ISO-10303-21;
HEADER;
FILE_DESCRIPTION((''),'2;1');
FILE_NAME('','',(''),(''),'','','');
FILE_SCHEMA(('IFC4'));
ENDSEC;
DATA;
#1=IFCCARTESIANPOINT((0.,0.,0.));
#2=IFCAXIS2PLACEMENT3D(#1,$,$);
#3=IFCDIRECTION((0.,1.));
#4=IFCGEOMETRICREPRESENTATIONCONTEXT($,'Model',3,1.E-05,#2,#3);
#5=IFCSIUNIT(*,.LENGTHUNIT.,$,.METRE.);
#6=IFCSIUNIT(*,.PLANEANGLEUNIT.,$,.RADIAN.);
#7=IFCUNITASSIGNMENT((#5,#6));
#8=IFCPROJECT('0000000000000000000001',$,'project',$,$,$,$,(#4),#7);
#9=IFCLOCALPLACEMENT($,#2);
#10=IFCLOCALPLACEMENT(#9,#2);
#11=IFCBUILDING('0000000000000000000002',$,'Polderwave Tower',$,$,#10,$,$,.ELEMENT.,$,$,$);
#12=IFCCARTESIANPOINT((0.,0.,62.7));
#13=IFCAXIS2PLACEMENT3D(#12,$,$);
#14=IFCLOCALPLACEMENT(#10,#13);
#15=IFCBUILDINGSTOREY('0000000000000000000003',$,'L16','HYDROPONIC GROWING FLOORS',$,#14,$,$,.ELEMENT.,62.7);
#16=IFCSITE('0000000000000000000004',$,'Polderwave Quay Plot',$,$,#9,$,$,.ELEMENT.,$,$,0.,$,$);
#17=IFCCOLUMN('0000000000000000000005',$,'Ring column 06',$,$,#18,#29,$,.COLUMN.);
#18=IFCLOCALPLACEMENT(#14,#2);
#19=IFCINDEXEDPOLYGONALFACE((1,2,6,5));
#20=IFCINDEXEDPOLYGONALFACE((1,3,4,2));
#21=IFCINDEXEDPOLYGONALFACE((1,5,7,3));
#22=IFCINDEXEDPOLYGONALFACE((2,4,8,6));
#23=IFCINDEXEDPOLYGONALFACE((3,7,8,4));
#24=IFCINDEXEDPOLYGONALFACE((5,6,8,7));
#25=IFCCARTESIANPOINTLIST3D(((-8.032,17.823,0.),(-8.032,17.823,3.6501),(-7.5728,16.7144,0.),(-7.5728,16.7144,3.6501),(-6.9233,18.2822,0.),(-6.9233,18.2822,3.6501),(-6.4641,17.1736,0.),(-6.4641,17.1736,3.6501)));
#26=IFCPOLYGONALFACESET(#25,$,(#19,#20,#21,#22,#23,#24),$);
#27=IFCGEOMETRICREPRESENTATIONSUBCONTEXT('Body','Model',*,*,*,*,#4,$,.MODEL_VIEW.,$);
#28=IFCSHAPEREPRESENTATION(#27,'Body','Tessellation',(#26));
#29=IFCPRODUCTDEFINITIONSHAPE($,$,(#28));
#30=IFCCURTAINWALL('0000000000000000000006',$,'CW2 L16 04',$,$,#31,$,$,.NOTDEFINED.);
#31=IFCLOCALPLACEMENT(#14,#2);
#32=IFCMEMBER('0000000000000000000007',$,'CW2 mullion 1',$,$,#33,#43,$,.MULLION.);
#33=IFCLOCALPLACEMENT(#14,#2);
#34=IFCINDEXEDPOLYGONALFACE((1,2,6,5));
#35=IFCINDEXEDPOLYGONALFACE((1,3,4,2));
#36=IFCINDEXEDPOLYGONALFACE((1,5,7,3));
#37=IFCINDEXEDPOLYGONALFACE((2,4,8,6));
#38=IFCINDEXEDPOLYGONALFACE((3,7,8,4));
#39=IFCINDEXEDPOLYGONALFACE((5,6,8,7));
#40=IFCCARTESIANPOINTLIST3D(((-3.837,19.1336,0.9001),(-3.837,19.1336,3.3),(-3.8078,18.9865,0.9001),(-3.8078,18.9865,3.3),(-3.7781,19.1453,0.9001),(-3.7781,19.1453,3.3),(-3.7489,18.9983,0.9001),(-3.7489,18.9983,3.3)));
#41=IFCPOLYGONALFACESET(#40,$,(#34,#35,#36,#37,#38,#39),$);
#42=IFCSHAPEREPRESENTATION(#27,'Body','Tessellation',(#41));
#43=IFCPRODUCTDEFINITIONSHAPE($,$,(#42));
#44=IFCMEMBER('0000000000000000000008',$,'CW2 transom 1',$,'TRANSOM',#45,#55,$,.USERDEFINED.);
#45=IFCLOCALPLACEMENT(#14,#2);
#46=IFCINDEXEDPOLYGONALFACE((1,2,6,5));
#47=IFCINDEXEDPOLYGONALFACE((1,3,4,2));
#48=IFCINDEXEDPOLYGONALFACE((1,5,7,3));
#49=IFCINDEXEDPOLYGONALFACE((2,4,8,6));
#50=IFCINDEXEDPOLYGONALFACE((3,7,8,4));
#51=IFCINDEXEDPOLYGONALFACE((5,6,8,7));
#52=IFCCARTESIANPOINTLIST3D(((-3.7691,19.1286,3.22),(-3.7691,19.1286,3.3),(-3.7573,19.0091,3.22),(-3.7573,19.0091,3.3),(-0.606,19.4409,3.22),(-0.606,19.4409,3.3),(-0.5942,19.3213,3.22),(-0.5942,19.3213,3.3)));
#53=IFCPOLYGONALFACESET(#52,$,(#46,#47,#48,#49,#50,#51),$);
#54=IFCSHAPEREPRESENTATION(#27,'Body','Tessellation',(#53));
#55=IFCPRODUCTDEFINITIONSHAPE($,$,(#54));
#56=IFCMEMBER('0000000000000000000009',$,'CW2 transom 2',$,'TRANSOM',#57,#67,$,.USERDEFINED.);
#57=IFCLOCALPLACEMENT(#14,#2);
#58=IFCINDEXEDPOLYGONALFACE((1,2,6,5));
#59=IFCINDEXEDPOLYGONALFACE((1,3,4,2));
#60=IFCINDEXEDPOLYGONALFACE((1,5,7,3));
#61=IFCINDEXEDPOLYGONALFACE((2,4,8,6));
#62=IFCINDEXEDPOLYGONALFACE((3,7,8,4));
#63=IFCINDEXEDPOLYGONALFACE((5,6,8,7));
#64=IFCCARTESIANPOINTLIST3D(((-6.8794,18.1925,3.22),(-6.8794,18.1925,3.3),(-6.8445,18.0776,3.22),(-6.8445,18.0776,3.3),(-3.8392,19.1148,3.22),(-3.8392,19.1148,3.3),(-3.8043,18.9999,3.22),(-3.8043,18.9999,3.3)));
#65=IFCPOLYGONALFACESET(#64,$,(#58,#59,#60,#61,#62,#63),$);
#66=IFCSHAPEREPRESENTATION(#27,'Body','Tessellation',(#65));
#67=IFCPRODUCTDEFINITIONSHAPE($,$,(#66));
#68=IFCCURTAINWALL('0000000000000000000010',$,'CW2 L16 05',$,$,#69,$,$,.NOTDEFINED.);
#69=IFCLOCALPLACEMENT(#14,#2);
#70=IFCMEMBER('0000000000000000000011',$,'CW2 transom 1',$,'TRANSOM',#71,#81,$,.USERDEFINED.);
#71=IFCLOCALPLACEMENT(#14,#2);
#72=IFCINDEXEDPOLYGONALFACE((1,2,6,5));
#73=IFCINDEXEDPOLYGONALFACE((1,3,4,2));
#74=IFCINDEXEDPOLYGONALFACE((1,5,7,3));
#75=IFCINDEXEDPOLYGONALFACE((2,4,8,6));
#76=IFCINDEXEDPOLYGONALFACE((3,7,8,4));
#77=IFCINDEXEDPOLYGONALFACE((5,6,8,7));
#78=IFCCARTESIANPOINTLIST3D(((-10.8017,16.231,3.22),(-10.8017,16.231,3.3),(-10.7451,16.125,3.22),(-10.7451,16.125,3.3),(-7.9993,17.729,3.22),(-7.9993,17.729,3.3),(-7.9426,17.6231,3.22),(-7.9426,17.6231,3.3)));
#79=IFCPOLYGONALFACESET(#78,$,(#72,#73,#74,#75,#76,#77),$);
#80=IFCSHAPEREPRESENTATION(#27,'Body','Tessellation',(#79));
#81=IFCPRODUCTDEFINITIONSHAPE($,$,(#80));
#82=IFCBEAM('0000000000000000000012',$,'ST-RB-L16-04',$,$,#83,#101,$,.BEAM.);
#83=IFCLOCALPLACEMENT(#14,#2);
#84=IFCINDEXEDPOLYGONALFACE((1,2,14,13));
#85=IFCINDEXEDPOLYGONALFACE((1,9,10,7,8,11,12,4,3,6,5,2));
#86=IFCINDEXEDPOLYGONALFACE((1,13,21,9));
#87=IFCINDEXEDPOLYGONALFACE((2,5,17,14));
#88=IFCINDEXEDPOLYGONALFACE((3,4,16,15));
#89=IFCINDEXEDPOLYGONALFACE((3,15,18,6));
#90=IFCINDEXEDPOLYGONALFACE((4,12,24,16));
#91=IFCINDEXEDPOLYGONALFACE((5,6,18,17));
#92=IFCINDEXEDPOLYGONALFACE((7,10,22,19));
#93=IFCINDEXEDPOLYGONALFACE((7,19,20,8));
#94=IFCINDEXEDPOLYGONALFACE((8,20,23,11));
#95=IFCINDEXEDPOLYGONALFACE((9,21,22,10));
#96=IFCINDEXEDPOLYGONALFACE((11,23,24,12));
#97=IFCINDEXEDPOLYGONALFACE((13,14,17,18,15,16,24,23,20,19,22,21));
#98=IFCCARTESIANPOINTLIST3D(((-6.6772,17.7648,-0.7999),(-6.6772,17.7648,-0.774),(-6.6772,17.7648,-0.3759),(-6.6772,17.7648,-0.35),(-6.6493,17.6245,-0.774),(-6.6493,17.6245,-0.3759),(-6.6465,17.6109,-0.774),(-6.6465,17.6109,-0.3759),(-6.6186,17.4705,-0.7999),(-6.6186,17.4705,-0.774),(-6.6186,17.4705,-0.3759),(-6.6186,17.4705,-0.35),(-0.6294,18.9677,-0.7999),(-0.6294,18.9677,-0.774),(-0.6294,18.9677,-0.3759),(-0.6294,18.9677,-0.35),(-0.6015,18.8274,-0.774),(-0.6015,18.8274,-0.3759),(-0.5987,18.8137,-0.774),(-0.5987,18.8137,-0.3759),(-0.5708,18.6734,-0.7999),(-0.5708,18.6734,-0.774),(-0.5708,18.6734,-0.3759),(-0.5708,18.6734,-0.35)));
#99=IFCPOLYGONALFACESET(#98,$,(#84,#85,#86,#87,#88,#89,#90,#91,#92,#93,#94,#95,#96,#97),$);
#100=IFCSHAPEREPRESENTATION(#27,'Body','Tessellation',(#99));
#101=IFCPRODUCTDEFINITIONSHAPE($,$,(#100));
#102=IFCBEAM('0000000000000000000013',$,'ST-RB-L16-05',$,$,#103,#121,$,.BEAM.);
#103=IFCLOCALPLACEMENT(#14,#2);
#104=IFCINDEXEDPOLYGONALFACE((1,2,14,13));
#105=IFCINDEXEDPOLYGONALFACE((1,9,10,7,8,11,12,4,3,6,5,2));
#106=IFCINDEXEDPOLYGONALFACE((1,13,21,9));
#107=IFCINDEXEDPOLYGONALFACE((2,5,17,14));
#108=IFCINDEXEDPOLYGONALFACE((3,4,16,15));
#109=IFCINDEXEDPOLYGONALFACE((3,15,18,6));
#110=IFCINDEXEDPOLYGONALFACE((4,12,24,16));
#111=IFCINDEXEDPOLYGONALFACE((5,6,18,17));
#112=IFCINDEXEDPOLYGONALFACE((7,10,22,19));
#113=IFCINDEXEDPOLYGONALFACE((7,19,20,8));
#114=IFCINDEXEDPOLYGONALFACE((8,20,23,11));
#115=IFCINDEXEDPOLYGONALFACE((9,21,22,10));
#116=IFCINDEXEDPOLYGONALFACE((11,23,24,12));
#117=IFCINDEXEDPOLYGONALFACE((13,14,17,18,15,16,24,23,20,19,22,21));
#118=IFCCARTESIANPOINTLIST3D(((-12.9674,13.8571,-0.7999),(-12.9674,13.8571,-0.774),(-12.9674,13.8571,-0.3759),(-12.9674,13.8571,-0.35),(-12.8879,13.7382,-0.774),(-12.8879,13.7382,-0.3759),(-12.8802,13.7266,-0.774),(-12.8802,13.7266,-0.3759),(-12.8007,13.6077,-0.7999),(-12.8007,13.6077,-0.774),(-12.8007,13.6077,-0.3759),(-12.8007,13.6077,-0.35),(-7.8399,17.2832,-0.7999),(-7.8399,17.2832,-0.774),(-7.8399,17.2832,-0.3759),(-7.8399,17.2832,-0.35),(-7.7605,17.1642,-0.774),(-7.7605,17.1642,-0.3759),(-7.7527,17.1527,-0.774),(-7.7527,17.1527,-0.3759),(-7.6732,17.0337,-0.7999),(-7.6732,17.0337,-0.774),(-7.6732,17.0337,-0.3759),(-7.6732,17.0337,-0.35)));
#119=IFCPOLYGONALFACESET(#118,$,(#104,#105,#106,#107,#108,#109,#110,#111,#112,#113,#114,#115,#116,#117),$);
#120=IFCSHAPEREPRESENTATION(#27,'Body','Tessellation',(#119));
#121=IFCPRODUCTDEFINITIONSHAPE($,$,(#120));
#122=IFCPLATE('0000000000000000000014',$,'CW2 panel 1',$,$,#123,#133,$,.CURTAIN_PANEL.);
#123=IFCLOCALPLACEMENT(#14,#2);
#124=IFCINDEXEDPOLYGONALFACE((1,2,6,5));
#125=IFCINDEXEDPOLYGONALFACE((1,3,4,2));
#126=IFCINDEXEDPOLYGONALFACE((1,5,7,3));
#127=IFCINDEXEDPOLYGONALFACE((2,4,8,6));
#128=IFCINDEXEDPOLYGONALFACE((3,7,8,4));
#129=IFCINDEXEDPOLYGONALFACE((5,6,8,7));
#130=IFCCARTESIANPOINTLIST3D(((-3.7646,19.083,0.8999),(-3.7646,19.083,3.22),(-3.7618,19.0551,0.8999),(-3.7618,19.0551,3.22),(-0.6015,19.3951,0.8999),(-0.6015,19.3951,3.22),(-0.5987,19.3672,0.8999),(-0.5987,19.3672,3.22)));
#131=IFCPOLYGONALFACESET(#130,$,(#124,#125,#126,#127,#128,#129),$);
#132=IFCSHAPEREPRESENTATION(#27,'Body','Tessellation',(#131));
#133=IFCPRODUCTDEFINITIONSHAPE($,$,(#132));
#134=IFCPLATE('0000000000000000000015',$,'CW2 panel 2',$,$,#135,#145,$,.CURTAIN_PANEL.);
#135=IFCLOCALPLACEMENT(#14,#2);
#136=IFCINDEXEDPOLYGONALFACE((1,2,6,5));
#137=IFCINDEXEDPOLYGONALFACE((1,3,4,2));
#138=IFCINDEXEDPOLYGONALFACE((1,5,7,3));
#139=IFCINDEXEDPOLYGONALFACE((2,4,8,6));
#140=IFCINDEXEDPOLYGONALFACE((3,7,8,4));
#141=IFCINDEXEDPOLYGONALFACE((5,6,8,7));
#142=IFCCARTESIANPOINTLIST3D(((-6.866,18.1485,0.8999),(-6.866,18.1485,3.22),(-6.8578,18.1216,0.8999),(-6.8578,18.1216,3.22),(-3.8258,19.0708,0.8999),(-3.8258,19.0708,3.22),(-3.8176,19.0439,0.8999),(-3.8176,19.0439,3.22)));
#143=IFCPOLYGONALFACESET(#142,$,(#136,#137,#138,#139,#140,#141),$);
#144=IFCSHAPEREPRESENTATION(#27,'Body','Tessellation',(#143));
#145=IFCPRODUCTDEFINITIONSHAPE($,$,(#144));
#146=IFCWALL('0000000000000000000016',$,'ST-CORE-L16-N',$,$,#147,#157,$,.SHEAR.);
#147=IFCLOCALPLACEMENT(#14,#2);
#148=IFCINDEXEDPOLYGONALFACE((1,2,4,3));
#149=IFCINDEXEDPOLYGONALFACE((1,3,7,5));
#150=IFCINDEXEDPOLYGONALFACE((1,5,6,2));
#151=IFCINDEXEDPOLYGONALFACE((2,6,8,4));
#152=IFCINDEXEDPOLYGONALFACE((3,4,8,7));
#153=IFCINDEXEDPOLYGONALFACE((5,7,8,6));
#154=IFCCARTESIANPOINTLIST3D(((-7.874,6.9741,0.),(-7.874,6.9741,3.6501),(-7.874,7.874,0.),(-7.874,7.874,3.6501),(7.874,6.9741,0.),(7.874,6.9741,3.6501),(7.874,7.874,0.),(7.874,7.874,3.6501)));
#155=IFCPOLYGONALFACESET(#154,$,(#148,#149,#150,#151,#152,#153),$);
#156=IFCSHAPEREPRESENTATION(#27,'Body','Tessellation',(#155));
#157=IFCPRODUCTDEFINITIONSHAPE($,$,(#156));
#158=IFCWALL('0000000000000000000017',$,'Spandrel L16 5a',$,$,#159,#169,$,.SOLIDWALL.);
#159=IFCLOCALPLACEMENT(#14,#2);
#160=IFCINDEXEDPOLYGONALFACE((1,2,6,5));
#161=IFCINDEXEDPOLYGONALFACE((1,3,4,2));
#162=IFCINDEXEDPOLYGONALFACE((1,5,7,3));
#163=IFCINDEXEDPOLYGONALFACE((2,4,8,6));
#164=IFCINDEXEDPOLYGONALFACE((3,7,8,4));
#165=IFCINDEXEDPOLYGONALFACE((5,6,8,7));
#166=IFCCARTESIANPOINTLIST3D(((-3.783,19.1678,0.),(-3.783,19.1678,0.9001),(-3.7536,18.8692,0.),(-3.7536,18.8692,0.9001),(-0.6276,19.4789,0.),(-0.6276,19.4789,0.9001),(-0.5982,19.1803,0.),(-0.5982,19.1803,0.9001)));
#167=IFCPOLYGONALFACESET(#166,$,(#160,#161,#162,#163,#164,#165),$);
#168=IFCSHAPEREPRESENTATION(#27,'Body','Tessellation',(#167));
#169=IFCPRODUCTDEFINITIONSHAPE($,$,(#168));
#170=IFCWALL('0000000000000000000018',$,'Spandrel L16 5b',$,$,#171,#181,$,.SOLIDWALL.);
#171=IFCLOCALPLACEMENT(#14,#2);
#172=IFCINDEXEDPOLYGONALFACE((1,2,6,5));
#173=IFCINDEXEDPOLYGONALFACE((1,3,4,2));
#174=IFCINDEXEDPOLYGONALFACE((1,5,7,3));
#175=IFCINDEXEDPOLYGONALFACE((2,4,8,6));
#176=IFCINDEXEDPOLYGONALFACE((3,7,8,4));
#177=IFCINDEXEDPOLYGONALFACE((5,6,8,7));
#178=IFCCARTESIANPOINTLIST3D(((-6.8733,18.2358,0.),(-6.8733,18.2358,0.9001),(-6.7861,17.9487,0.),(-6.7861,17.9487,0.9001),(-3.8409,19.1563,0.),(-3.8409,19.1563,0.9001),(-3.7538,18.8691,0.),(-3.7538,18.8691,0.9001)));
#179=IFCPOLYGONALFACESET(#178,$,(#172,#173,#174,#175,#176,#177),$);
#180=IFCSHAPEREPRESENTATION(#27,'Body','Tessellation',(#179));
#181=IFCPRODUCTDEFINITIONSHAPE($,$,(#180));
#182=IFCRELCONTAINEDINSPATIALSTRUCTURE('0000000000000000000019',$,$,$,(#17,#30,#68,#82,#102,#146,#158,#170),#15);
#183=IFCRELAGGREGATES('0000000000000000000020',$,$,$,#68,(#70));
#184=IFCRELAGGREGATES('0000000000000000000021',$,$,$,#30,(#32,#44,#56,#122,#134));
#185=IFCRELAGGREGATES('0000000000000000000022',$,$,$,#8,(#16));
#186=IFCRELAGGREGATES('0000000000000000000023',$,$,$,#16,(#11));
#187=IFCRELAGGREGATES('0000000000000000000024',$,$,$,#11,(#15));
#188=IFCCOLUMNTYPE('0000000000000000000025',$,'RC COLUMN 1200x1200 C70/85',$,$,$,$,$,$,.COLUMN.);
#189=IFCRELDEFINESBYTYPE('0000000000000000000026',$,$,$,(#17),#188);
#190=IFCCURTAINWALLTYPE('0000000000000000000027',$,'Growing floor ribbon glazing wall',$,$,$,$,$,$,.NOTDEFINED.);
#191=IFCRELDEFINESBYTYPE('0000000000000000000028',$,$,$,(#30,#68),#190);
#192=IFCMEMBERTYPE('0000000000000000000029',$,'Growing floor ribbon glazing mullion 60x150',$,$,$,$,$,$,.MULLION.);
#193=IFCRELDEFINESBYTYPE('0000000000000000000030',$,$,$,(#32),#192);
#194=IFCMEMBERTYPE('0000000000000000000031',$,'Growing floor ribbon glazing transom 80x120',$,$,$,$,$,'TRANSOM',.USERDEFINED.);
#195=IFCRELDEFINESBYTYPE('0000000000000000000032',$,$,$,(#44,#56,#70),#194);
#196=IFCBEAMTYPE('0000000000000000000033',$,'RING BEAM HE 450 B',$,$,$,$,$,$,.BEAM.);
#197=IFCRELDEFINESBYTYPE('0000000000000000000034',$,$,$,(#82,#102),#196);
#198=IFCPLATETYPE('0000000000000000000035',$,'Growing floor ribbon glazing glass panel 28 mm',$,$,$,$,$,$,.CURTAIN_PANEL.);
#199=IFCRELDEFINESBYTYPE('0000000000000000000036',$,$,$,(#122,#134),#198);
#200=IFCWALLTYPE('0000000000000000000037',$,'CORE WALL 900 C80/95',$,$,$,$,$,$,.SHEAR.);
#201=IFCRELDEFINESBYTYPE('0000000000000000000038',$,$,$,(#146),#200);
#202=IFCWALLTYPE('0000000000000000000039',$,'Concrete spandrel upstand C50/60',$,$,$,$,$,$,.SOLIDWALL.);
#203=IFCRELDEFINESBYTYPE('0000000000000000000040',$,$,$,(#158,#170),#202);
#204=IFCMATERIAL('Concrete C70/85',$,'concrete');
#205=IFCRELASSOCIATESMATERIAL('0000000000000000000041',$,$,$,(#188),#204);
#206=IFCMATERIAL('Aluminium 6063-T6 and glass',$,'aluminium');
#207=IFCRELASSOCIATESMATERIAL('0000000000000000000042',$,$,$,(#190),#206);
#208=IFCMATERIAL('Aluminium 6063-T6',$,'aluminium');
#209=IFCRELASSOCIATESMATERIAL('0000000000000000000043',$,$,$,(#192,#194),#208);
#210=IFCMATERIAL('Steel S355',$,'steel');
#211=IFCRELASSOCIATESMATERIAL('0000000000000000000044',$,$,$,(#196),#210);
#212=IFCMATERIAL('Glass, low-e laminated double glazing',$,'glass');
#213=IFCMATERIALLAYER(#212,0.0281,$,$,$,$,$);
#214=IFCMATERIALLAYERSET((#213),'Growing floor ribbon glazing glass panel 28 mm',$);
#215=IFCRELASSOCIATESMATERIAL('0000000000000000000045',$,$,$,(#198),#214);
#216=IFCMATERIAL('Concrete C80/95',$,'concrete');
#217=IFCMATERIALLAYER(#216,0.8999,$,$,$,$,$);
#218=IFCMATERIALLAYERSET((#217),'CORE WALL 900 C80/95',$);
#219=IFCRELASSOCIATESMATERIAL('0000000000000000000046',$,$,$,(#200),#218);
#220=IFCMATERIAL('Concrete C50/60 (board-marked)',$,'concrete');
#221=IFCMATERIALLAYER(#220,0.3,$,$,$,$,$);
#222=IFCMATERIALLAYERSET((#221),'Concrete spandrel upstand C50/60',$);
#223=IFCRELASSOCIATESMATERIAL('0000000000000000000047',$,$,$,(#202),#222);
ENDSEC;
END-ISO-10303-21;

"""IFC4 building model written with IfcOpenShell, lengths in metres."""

from ifc_helpers import new_model, si_unit, direction, frame, frame_2d, origin, origin_2d, place, context, subcontext, project, spatial, rectangle, i_section, extrude, material, layer, layer_set, material_profile, profile_set, type_object, element, aggregate, save


model = new_model("IFC4")

# Units and contexts
model_context = context("Model", 3, precision=1e-05, world=origin(), true_north=direction((0.0, 1.0)))
body_context = subcontext(model_context, "Body", "Model", "MODEL_VIEW")
ifc_project = project(units=[si_unit("LENGTHUNIT", "METRE"), si_unit("PLANEANGLEUNIT", "RADIAN")], contexts=[model_context])

# Site, building, storey
site_placement = place(None, origin())
site = spatial("IfcSite", under=ifc_project, at=site_placement, Name="Polderwave Quay Plot", CompositionType="ELEMENT", RefElevation=0.0)
building_placement = place(site_placement, origin())
building = spatial("IfcBuilding", under=site, at=building_placement, Name="Polderwave Tower", CompositionType="ELEMENT")
storey_placement = place(building_placement, frame((0.0, 0.0, 62.7)))
storey = spatial("IfcBuildingStorey", under=building, at=storey_placement, Name="L16", Description="HYDROPONIC GROWING FLOORS", CompositionType="ELEMENT", Elevation=62.7)

# Column
ifc_material_1 = material(Name="Concrete C70/85", Category="concrete")
ifc_material_profile_1 = material_profile(ifc_material_1, rectangle(XDim=1.2, YDim=1.2, at=origin_2d()), Name="RC 1200x1200")
ifc_profile_set_1 = profile_set([ifc_material_profile_1], Name="Concrete C70/85")
column_type = type_object("IfcColumnType", Name="RC COLUMN 1200x1200 C70/85", PredefinedType="COLUMN", material=ifc_profile_set_1)
column_placement = place(storey_placement, frame((-7.248, 17.4983, 0.0), z_axis=(0.0, 0.0, 1.0), x_axis=(-0.382683, 0.92388, 0.0)))
element("IfcColumn", 1, at=column_placement, inside=storey, type_object=column_type, Name="Ring column 06", PredefinedType="COLUMN", context=body_context, shape_type="SweptSolid", body=[
    extrude(rectangle(XDim=1.2, YDim=1.2, at=origin_2d()), origin(), (0.0, 0.0, 1.0), 3.6501),
])

# Curtain wall, members
ifc_material_2 = material(Name="Aluminium 6063-T6 and glass", Category="aluminium")
curtain_wall_type = type_object("IfcCurtainWallType", Name="Growing floor ribbon glazing wall", PredefinedType="NOTDEFINED", material=ifc_material_2)
curtain_wall_1_placement = place(storey_placement, origin())
curtain_wall_1 = element("IfcCurtainWall", 2, at=curtain_wall_1_placement, inside=storey, type_object=curtain_wall_type, Name="CW2 L16 04", PredefinedType="NOTDEFINED")
ifc_material_3 = material(Name="Aluminium 6063-T6", Category="aluminium")
ifc_material_profile_2 = material_profile(ifc_material_3, rectangle(XDim=0.1499, YDim=0.0601, at=origin_2d()), Name="AL 60x150")
ifc_profile_set_2 = profile_set([ifc_material_profile_2], Name="Aluminium 6063-T6")
member_type_1 = type_object("IfcMemberType", Name="Growing floor ribbon glazing mullion 60x150", PredefinedType="MULLION", material=ifc_profile_set_2)
member_1_placement = place(storey_placement, frame((-3.793, 19.0659, 0.9001), z_axis=(0.0, 0.0, 1.0), x_axis=(0.195172, -0.980769, 0.0)))
member_1 = element("IfcMember", 3, at=member_1_placement, type_object=member_type_1, Name="CW2 mullion 1", PredefinedType="MULLION", context=body_context, shape_type="SweptSolid", body=[
    extrude(rectangle(XDim=0.1499, YDim=0.0601, at=origin_2d()), origin(), (0.0, 0.0, 1.0), 2.3999),
])
ifc_material_profile_3 = material_profile(ifc_material_3, rectangle(XDim=0.1201, YDim=0.0801, at=origin_2d()), Name="AL 80x120")
ifc_profile_set_3 = profile_set([ifc_material_profile_3], Name="Aluminium 6063-T6")
member_type_2 = type_object("IfcMemberType", Name="Growing floor ribbon glazing transom 80x120", ElementType="TRANSOM", PredefinedType="USERDEFINED", material=ifc_profile_set_3)
member_2_placement = place(storey_placement, frame((-0.6001, 19.3811, 3.26), z_axis=(-0.995163, -0.098241, 0.0), x_axis=(0.098241, -0.995163, 0.0)))
member_2 = element("IfcMember", 4, at=member_2_placement, type_object=member_type_2, Name="CW2 transom 1", ObjectType="TRANSOM", PredefinedType="USERDEFINED", context=body_context, shape_type="SweptSolid", body=[
    extrude(rectangle(XDim=0.1201, YDim=0.0801, at=origin_2d()), origin(), (0.0, 0.0, 1.0), 3.1785),
])
member_3_placement = place(storey_placement, frame((-3.8218, 19.0574, 3.26), z_axis=(-0.956931, -0.290314, 0.0), x_axis=(0.290314, -0.956931, 0.0)))
member_3 = element("IfcMember", 5, at=member_3_placement, type_object=member_type_2, Name="CW2 transom 2", ObjectType="TRANSOM", PredefinedType="USERDEFINED", context=body_context, shape_type="SweptSolid", body=[
    extrude(rectangle(XDim=0.1201, YDim=0.0801, at=origin_2d()), origin(), (0.0, 0.0, 1.0), 3.177),
])

# Curtain wall, member
curtain_wall_2_placement = place(storey_placement, origin())
curtain_wall_2 = element("IfcCurtainWall", 6, at=curtain_wall_2_placement, inside=storey, type_object=curtain_wall_type, Name="CW2 L16 05", PredefinedType="NOTDEFINED")
member_4_placement = place(storey_placement, frame((-7.9709, 17.676, 3.26), z_axis=(-0.88191, -0.471417, 0.0), x_axis=(0.471417, -0.88191, 0.0)))
member_4 = element("IfcMember", 7, at=member_4_placement, type_object=member_type_2, Name="CW2 transom 1", ObjectType="TRANSOM", PredefinedType="USERDEFINED", context=body_context, shape_type="SweptSolid", body=[
    extrude(rectangle(XDim=0.1201, YDim=0.0801, at=origin_2d()), origin(), (0.0, 0.0, 1.0), 3.1777),
])
aggregate(curtain_wall_2, [member_4])

# Beams
ifc_material_4 = material(Name="Steel S355", Category="steel")
ifc_material_profile_4 = material_profile(ifc_material_4, i_section(OverallWidth=0.3, OverallDepth=0.45, WebThickness=0.0139, FlangeThickness=0.0259, at=origin_2d()), Name="HE 450 B")
ifc_profile_set_4 = profile_set([ifc_material_profile_4], Name="Steel S355")
beam_type = type_object("IfcBeamType", Name="RING BEAM HE 450 B", PredefinedType="BEAM", material=ifc_profile_set_4)
beam_1_placement = place(storey_placement, frame((-0.6001, 18.8206, -0.575), z_axis=(-0.980789, -0.195073, 0.0), x_axis=(0.195073, -0.980789, 0.0)))
element("IfcBeam", 8, at=beam_1_placement, inside=storey, type_object=beam_type, Name="ST-RB-L16-04", PredefinedType="BEAM", context=body_context, shape_type="SweptSolid", body=[
    extrude(i_section(OverallWidth=0.3, OverallDepth=0.45, WebThickness=0.0139, FlangeThickness=0.0259, at=origin_2d()), origin(), (0.0, 0.0, 1.0), 6.1663),
])
beam_2_placement = place(storey_placement, frame((-7.7566, 17.1584, -0.575), z_axis=(-0.831471, -0.555568, 0.0), x_axis=(0.555568, -0.831471, 0.0)))
element("IfcBeam", 9, at=beam_2_placement, inside=storey, type_object=beam_type, Name="ST-RB-L16-05", PredefinedType="BEAM", context=body_context, shape_type="SweptSolid", body=[
    extrude(i_section(OverallWidth=0.3, OverallDepth=0.45, WebThickness=0.0139, FlangeThickness=0.0259, at=origin_2d()), origin(), (0.0, 0.0, 1.0), 6.1667),
])

# Plates
ifc_material_5 = material(Name="Glass, low-e laminated double glazing", Category="glass")
ifc_layer_1 = layer(ifc_material_5, 0.0281)
ifc_layer_set_1 = layer_set([ifc_layer_1], Name="Growing floor ribbon glazing glass panel 28 mm")
plate_type = type_object("IfcPlateType", Name="Growing floor ribbon glazing glass panel 28 mm", PredefinedType="CURTAIN_PANEL", material=ifc_layer_set_1)
plate_1_placement = place(storey_placement, frame((-2.1816, 19.2251, 0.8999), z_axis=(0.0, 0.0, 1.0), x_axis=(-0.995169, -0.098177, 0.0)))
plate_1 = element("IfcPlate", 10, at=plate_1_placement, type_object=plate_type, Name="CW2 panel 1", PredefinedType="CURTAIN_PANEL", context=body_context, shape_type="SweptSolid", body=[
    extrude(rectangle(XDim=3.1785, YDim=0.0281, at=origin_2d()), origin(), (0.0, 0.0, 1.0), 2.3201),
])
plate_2_placement = place(storey_placement, frame((-5.3418, 18.5962, 0.8999), z_axis=(0.0, 0.0, 1.0), x_axis=(-0.956938, -0.290293, 0.0)))
plate_2 = element("IfcPlate", 11, at=plate_2_placement, type_object=plate_type, Name="CW2 panel 2", PredefinedType="CURTAIN_PANEL", context=body_context, shape_type="SweptSolid", body=[
    extrude(rectangle(XDim=3.177, YDim=0.0281, at=origin_2d()), origin(), (0.0, 0.0, 1.0), 2.3201),
])
aggregate(curtain_wall_1, [member_1, member_2, member_3, plate_1, plate_2])

# Walls
ifc_material_6 = material(Name="Concrete C80/95", Category="concrete")
ifc_layer_2 = layer(ifc_material_6, 0.8999)
ifc_layer_set_2 = layer_set([ifc_layer_2], Name="CORE WALL 900 C80/95")
wall_type_1 = type_object("IfcWallType", Name="CORE WALL 900 C80/95", PredefinedType="SHEAR", material=ifc_layer_set_2)
wall_1_placement = place(storey_placement, frame((-7.874, 7.4241, 0.0), z_axis=(0.0, 0.0, 1.0), x_axis=(1.0, 0.0, 0.0)))
element("IfcWall", 12, at=wall_1_placement, inside=storey, type_object=wall_type_1, Name="ST-CORE-L16-N", PredefinedType="SHEAR", context=body_context, shape_type="SweptSolid", body=[
    extrude(rectangle(XDim=15.748, YDim=0.8999, at=frame_2d((7.874, 0.0))), origin(), (0.0, 0.0, 1.0), 3.6501),
])
ifc_material_7 = material(Name="Concrete C50/60 (board-marked)", Category="concrete")
ifc_layer_3 = layer(ifc_material_7, 0.3)
ifc_layer_set_3 = layer_set([ifc_layer_3], Name="Concrete spandrel upstand C50/60")
wall_type_2 = type_object("IfcWallType", Name="Concrete spandrel upstand C50/60", PredefinedType="SOLIDWALL", material=ifc_layer_set_3)
wall_2_placement = place(storey_placement, frame((-0.6128, 19.3296, 0.0), z_axis=(0.0, 0.0, 1.0), x_axis=(-0.995176, -0.098101, 0.0)))
element("IfcWall", 13, at=wall_2_placement, inside=storey, type_object=wall_type_2, Name="Spandrel L16 5a", PredefinedType="SOLIDWALL", context=body_context, shape_type="SweptSolid", body=[
    extrude(rectangle(XDim=3.1707, YDim=0.3, at=frame_2d((1.5854, 0.0))), origin(), (0.0, 0.0, 1.0), 0.9001),
])
wall_3_placement = place(storey_placement, frame((-3.7974, 19.0127, 0.0), z_axis=(0.0, 0.0, 1.0), x_axis=(-0.956888, -0.290456, 0.0)))
element("IfcWall", 14, at=wall_3_placement, inside=storey, type_object=wall_type_2, Name="Spandrel L16 5b", PredefinedType="SOLIDWALL", context=body_context, shape_type="SweptSolid", body=[
    extrude(rectangle(XDim=3.1689, YDim=0.3, at=frame_2d((1.5845, 0.0))), origin(), (0.0, 0.0, 1.0), 0.9001),
])

save(model, "model.ifc")
